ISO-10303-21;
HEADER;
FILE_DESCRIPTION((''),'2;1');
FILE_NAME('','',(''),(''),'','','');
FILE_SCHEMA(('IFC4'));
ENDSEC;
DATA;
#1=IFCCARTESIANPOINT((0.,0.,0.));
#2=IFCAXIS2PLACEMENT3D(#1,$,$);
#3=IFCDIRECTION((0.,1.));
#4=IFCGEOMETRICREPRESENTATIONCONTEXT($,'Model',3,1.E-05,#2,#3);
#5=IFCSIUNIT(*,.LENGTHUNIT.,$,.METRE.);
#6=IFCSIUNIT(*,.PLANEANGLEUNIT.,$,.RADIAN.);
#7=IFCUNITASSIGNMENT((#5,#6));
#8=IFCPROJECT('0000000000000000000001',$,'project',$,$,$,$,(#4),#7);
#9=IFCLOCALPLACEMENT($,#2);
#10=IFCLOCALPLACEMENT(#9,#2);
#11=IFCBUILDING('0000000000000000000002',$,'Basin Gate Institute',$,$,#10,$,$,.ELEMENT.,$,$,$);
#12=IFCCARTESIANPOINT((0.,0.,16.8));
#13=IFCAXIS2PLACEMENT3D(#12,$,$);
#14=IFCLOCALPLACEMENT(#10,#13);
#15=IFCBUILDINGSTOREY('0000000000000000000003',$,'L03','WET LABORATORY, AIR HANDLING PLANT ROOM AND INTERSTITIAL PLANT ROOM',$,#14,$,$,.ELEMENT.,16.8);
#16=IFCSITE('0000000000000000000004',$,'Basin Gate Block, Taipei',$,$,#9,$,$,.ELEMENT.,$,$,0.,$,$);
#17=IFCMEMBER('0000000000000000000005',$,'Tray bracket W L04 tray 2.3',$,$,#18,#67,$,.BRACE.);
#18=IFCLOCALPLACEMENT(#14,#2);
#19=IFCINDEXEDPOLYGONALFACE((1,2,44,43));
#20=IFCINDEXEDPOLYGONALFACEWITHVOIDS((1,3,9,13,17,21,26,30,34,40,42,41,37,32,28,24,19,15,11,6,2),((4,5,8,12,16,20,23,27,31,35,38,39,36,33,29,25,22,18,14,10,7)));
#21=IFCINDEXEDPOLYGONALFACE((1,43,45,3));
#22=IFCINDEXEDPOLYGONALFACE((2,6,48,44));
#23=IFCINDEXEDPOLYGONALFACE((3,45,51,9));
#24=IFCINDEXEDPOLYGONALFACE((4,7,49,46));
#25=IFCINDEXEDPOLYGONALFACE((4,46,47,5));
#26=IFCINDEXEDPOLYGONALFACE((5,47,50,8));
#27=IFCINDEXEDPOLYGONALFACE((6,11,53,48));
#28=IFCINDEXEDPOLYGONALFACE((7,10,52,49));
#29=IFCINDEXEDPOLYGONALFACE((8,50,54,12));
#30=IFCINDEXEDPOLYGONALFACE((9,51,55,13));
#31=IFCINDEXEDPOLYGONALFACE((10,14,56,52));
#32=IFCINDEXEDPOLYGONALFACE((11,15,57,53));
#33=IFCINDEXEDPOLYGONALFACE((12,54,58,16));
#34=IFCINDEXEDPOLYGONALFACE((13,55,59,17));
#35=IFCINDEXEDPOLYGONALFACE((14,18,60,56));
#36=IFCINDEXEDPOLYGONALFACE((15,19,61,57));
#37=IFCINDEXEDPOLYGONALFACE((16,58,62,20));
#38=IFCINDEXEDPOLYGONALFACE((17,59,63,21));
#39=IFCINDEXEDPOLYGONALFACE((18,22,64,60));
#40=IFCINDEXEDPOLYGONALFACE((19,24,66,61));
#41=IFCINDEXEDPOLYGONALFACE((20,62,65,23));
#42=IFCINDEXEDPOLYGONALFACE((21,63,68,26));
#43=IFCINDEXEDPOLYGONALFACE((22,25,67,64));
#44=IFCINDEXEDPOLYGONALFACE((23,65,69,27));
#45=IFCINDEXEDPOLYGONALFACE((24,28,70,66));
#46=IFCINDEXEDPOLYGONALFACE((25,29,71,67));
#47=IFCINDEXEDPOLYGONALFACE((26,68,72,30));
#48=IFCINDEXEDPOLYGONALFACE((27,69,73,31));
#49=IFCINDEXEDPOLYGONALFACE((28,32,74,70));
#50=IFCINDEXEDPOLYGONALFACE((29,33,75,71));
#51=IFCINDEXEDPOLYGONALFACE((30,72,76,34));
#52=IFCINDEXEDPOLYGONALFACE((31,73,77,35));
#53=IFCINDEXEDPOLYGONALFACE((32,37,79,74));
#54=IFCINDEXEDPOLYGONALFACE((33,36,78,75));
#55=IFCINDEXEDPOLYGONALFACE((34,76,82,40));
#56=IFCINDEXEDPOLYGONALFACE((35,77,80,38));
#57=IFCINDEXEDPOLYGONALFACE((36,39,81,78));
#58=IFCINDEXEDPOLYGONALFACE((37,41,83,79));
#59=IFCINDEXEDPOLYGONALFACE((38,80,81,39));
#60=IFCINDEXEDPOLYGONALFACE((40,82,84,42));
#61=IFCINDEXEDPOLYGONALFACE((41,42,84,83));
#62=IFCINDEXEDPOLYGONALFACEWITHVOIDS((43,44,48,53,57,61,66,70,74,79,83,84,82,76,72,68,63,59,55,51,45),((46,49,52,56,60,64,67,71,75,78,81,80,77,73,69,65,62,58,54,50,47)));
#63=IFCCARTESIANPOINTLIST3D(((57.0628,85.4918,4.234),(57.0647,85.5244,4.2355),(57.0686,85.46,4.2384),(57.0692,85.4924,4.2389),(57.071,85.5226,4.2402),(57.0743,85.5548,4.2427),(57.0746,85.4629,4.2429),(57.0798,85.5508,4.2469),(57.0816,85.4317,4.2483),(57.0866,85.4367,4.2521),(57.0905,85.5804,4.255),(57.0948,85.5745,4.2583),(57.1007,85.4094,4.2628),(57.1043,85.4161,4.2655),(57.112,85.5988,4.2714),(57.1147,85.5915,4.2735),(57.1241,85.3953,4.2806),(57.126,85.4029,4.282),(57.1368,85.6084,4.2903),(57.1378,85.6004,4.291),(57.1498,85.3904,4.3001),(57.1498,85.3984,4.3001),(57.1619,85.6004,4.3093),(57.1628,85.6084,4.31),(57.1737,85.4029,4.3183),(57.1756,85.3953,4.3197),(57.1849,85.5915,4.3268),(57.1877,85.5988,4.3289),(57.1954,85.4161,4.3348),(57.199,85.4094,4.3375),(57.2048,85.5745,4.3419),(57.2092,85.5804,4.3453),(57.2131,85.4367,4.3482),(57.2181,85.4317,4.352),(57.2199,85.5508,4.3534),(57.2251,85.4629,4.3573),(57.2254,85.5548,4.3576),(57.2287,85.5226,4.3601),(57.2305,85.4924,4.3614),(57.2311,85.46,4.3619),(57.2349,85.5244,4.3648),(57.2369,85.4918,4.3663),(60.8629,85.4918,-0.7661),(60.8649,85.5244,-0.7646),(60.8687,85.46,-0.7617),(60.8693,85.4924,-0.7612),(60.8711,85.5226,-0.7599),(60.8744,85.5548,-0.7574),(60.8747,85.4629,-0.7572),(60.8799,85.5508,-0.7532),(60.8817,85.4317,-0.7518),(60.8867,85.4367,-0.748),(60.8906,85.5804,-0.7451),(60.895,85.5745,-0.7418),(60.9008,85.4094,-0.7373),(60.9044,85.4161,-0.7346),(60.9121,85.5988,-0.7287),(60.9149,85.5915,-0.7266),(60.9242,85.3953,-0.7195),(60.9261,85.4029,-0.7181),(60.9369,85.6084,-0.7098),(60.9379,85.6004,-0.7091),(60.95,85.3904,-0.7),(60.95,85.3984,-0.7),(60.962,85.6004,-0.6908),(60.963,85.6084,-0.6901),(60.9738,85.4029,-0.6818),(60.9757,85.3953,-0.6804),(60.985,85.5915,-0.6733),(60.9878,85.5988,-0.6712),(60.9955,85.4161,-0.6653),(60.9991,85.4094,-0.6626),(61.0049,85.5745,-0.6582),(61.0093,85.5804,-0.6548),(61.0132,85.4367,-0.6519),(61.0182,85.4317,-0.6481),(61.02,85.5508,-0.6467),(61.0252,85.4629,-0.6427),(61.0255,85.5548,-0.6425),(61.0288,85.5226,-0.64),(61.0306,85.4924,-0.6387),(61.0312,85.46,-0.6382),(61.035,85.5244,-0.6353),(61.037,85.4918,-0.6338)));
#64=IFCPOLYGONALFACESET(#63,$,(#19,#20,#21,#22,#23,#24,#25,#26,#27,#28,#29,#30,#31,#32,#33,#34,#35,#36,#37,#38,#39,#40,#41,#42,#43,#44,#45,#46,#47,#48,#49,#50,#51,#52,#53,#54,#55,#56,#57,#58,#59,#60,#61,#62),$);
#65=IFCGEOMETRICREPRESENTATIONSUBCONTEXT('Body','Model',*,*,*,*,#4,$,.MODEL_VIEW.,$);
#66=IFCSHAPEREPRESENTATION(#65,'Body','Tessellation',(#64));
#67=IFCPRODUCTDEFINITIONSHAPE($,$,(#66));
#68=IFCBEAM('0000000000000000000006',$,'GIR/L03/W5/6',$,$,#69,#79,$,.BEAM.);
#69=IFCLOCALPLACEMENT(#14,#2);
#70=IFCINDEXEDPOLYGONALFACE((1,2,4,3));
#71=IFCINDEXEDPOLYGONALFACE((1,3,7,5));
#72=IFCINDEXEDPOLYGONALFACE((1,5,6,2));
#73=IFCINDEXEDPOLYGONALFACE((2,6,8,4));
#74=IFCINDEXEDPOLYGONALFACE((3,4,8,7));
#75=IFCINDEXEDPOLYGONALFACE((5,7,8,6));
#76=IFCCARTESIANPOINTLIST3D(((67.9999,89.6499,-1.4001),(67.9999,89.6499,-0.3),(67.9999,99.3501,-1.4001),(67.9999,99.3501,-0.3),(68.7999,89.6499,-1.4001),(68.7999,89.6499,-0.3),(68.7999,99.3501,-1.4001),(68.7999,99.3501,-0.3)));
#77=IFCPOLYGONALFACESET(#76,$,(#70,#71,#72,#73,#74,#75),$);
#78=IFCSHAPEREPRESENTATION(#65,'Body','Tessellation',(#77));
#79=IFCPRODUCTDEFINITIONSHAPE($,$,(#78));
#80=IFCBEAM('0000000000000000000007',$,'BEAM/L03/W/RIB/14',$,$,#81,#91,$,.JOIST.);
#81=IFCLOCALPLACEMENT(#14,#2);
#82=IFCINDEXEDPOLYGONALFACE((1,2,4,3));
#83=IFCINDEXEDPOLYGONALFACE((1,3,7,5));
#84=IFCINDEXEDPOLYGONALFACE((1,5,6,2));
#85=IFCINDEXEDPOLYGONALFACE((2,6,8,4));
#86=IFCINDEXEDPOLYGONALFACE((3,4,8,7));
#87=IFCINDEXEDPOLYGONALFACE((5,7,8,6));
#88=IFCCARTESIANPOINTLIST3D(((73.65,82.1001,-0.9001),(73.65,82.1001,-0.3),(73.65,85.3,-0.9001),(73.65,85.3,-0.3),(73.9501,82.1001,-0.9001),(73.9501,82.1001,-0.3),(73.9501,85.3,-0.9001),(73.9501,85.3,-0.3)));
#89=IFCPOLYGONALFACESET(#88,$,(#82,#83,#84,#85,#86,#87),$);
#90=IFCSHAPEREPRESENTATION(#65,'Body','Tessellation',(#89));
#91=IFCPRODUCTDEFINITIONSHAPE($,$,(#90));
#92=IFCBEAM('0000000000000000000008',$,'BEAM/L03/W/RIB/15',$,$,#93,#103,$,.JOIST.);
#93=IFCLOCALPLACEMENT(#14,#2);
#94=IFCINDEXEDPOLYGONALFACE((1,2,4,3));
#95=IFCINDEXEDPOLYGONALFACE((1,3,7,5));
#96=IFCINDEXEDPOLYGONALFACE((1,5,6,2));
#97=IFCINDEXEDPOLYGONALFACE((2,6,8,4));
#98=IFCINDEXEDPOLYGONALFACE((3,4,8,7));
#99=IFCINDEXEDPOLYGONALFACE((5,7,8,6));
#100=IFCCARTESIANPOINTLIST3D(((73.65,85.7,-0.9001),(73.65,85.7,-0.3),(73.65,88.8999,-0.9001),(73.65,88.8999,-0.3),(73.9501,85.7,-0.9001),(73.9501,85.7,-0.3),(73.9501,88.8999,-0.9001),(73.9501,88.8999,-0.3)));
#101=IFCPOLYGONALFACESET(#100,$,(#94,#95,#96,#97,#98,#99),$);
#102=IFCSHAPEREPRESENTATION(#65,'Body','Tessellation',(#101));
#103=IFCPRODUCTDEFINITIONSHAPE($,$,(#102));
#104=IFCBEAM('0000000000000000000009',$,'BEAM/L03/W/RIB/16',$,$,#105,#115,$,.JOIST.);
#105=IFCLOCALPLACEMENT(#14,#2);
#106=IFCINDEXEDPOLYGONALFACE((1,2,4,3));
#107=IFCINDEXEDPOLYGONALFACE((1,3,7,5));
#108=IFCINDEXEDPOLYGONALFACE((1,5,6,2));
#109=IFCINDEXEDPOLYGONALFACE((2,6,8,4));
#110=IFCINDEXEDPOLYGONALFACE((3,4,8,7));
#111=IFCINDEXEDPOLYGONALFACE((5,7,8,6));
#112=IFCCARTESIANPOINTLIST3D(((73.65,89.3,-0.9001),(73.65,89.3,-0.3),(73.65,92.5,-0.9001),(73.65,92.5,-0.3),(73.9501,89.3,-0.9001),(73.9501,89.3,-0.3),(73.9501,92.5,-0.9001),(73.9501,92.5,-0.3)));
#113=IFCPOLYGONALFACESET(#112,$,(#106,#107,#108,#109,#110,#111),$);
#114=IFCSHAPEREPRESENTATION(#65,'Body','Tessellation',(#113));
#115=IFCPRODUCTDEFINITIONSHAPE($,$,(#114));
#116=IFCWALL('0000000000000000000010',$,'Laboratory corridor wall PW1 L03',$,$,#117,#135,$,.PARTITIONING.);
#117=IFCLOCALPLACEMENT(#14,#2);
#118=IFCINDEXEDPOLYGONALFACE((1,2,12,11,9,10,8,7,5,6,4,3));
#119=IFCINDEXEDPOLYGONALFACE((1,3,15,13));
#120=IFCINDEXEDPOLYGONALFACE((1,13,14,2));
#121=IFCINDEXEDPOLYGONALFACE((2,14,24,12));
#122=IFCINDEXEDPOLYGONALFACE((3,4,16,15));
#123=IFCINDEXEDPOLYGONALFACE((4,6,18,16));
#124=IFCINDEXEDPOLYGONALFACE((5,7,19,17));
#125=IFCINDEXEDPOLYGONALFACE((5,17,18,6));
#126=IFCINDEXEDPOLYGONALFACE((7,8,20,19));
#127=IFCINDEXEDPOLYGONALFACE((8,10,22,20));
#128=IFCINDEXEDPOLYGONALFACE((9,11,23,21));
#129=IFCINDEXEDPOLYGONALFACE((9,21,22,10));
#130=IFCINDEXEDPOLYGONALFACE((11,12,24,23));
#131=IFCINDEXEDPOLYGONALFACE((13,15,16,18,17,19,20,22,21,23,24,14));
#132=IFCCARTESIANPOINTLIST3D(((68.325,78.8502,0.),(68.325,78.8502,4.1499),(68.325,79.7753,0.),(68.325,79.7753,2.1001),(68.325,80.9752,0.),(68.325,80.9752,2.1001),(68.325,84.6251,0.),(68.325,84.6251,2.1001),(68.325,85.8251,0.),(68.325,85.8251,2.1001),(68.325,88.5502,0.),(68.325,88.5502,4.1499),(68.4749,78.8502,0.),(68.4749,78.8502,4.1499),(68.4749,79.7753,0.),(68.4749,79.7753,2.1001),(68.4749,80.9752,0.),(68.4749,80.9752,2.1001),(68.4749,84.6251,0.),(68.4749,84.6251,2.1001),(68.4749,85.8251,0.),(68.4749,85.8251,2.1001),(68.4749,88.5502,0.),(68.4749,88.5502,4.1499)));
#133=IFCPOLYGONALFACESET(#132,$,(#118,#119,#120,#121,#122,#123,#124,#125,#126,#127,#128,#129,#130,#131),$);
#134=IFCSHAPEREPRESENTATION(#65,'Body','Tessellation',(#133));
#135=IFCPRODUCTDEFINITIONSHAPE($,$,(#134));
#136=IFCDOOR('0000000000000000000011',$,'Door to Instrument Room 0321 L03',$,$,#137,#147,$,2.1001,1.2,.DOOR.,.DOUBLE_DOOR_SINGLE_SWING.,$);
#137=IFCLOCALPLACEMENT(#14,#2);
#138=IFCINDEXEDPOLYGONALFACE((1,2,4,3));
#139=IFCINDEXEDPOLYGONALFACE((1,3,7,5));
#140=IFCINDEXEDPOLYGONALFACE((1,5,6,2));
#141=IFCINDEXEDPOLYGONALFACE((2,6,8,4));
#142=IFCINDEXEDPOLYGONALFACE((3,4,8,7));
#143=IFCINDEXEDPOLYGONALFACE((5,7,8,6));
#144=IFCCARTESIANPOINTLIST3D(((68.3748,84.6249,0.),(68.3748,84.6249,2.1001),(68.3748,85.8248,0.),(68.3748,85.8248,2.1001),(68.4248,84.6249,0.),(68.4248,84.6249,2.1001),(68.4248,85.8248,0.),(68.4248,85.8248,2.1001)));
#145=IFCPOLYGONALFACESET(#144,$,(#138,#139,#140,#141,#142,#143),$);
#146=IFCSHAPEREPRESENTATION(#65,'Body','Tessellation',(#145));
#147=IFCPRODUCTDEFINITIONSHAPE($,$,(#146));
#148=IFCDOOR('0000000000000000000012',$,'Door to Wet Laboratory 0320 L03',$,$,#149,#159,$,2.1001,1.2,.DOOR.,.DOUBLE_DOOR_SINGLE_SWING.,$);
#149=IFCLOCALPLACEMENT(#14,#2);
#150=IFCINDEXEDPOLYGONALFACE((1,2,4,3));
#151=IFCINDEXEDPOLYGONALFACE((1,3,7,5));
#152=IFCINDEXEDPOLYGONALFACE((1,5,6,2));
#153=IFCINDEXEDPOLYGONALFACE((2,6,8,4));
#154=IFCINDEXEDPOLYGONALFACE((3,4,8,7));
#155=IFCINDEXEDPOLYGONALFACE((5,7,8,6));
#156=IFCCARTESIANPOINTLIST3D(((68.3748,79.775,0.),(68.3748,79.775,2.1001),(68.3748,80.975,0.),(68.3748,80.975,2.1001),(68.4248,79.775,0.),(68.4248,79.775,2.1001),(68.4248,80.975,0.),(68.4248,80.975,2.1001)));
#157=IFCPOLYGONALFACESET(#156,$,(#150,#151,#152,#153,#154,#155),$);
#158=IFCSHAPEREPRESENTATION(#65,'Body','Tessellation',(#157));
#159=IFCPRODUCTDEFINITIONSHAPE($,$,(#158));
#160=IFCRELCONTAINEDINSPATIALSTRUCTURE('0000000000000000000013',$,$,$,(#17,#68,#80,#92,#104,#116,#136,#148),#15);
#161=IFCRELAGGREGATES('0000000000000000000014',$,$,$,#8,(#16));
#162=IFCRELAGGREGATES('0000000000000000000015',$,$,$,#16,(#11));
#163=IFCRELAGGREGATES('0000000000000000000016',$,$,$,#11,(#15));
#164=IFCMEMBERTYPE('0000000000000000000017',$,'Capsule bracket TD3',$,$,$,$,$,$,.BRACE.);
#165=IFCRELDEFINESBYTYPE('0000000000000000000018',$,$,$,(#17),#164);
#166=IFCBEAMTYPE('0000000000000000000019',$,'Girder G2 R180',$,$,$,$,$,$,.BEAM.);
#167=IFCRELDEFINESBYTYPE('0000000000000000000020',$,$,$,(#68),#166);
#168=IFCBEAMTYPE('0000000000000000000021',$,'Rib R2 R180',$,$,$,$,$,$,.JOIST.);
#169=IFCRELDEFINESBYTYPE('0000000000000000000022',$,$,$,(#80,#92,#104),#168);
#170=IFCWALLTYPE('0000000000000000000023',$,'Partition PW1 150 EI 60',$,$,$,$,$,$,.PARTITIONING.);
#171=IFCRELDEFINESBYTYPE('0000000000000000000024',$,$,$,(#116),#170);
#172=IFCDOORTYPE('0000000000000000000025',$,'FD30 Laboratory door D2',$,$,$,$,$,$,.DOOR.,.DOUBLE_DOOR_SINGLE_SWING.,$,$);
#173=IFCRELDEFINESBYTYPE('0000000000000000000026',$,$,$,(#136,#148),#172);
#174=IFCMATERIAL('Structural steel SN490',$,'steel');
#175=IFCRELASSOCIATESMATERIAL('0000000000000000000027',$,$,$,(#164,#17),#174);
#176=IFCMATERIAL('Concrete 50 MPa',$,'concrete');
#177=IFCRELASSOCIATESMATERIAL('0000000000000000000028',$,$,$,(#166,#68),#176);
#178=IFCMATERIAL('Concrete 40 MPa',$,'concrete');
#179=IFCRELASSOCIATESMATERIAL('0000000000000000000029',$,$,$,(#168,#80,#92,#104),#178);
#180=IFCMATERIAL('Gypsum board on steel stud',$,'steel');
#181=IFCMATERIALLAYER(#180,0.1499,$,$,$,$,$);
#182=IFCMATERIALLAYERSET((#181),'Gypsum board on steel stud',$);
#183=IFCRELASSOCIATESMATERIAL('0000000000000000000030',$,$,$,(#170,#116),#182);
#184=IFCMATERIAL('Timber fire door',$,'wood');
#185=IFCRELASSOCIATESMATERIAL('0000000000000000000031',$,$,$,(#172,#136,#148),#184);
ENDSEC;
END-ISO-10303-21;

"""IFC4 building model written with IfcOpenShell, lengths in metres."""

from ifc_helpers import new_model, si_unit, direction, frame, frame_2d, origin, origin_2d, place, context, subcontext, project, spatial, rectangle, hollow_circle, extrude, material, layer, layer_set, material_profile, profile_set, type_object, element, fill, save


model = new_model("IFC4")

# Units and contexts
model_context = context("Model", 3, precision=1e-05, world=origin(), true_north=direction((0.0, 1.0)))
body_context = subcontext(model_context, "Body", "Model", "MODEL_VIEW")
ifc_project = project(units=[si_unit("LENGTHUNIT", "METRE"), si_unit("PLANEANGLEUNIT", "RADIAN")], contexts=[model_context])

# Site, building, storey
site_placement = place(None, origin())
site = spatial("IfcSite", under=ifc_project, at=site_placement, Name="Basin Gate Block, Taipei", CompositionType="ELEMENT", RefElevation=0.0)
building_placement = place(site_placement, origin())
building = spatial("IfcBuilding", under=site, at=building_placement, Name="Basin Gate Institute", CompositionType="ELEMENT")
storey_placement = place(building_placement, frame((0.0, 0.0, 16.8)))
storey = spatial("IfcBuildingStorey", under=building, at=storey_placement, Name="L03", Description="WET LABORATORY, AIR HANDLING PLANT ROOM AND INTERSTITIAL PLANT ROOM", CompositionType="ELEMENT", Elevation=16.8)

# Member
ifc_material_1 = material(Name="Structural steel SN490", Category="steel")
ifc_material_profile_1 = material_profile(ifc_material_1, hollow_circle(Radius=0.1096, WallThickness=0.0081, at=origin_2d()), Name="CHS219x8")
ifc_profile_set_1 = profile_set([ifc_material_profile_1], Name="Structural steel SN490")
member_type = type_object("IfcMemberType", Name="Capsule bracket TD3", PredefinedType="BRACE", material=ifc_profile_set_1)
for number, where, z_axis, x_axis, name in (
    (1, (60.95, 85.5, -0.7), (-0.605088, 0.0, 0.796158), (0.0, -1.0, 0.0), "Tray bracket W L04 tray 2.3"),
):
    element("IfcMember", number, at=place(storey_placement, frame(where, z_axis=z_axis, x_axis=x_axis)), inside=storey, type_object=member_type, material=ifc_profile_set_1, Name=name, PredefinedType="BRACE", context=body_context, shape_type="SweptSolid", body=[
        extrude(hollow_circle(Radius=0.1096, WallThickness=0.0081, at=origin_2d()), origin(), (0.0, 0.0, 1.0), 6.2803),
    ])

# Beams
ifc_material_2 = material(Name="Concrete 50 MPa", Category="concrete")
ifc_material_profile_2 = material_profile(ifc_material_2, rectangle(XDim=0.8, YDim=1.1001, at=origin_2d()), Name="Girder G2 800 x 1100")
ifc_profile_set_2 = profile_set([ifc_material_profile_2], Name="Concrete 50 MPa")
beam_type_1 = type_object("IfcBeamType", Name="Girder G2 R180", PredefinedType="BEAM", material=ifc_profile_set_2)
beam_1_placement = place(storey_placement, frame((68.3999, 89.6499, -0.8501), z_axis=(0.0, 1.0, 0.0), x_axis=(-1.0, 0.0, 0.0)))
element("IfcBeam", 2, at=beam_1_placement, inside=storey, type_object=beam_type_1, material=ifc_profile_set_2, Name="GIR/L03/W5/6", PredefinedType="BEAM", context=body_context, shape_type="SweptSolid", body=[
    extrude(rectangle(XDim=0.8, YDim=1.1001, at=origin_2d()), origin(), (0.0, 0.0, 1.0), 9.7002),
])
ifc_material_3 = material(Name="Concrete 40 MPa", Category="concrete")
ifc_material_profile_3 = material_profile(ifc_material_3, rectangle(XDim=0.3, YDim=0.6001, at=origin_2d()), Name="Rib R2 300 x 600")
ifc_profile_set_3 = profile_set([ifc_material_profile_3], Name="Concrete 40 MPa")
beam_type_2 = type_object("IfcBeamType", Name="Rib R2 R180", PredefinedType="JOIST", material=ifc_profile_set_3)
for number, where, z_axis, x_axis, name in (
    (3, (73.8, 82.1001, -0.6001), (0.0, 1.0, 0.0), (-1.0, 0.0, 0.0), "BEAM/L03/W/RIB/14"),
    (4, (73.8, 85.7, -0.6001), (0.0, 1.0, 0.0), (-1.0, 0.0, 0.0), "BEAM/L03/W/RIB/15"),
    (5, (73.8, 89.3, -0.6001), (0.0, 1.0, 0.0), (-1.0, 0.0, 0.0), "BEAM/L03/W/RIB/16"),
):
    element("IfcBeam", number, at=place(storey_placement, frame(where, z_axis=z_axis, x_axis=x_axis)), inside=storey, type_object=beam_type_2, material=ifc_profile_set_3, Name=name, PredefinedType="JOIST", context=body_context, shape_type="SweptSolid", body=[
        extrude(rectangle(XDim=0.3, YDim=0.6001, at=origin_2d()), origin(), (0.0, 0.0, 1.0), 3.2),
    ])

# Wall, openings, doors
ifc_material_4 = material(Name="Gypsum board on steel stud", Category="steel")
ifc_layer_1 = layer(ifc_material_4, 0.1499)
ifc_layer_set_1 = layer_set([ifc_layer_1], Name="Gypsum board on steel stud")
wall_type_1 = type_object("IfcWallType", Name="Partition PW1 150 EI 60", PredefinedType="PARTITIONING", material=ifc_layer_set_1)
wall_1_placement = place(storey_placement, frame((68.3999, 78.8501, 0.0), z_axis=(0.0, 0.0, 1.0), x_axis=(0.0, 1.0, 0.0)))
wall_1 = element("IfcWall", 6, at=wall_1_placement, inside=storey, type_object=wall_type_1, material=ifc_layer_set_1, Name="Laboratory corridor wall PW1 L03", PredefinedType="PARTITIONING", context=body_context, shape_type="SweptSolid", body=[
    extrude(rectangle(XDim=9.7, YDim=0.1499, at=frame_2d((4.8501, 0.0))), origin(), (0.0, 0.0, 1.0), 4.1499),
])
opening_1_placement = place(wall_1_placement, frame((5.7749, 0.0, 0.0)))
opening_1 = element("IfcOpeningElement", 7, at=opening_1_placement, cuts=wall_1, PredefinedType="OPENING", context=body_context, shape_type="SweptSolid", body=[
    extrude(rectangle(XDim=1.2, YDim=2.1001, at=frame_2d((0.6001, 1.05))), frame((0.0, 0.085, 0.0), z_axis=(0.0, -1.0, 0.0), x_axis=(1.0, 0.0, 0.0)), (0.0, 0.0, 1.0), 0.1699),
])
opening_2_placement = place(wall_1_placement, frame((0.925, 0.0, 0.0)))
opening_2 = element("IfcOpeningElement", 8, at=opening_2_placement, cuts=wall_1, PredefinedType="OPENING", context=body_context, shape_type="SweptSolid", body=[
    extrude(rectangle(XDim=1.2, YDim=2.1001, at=frame_2d((0.6001, 1.05))), frame((0.0, 0.085, 0.0), z_axis=(0.0, -1.0, 0.0), x_axis=(1.0, 0.0, 0.0)), (0.0, 0.0, 1.0), 0.1699),
])
ifc_material_5 = material(Name="Timber fire door", Category="wood")
door_type_1 = type_object("IfcDoorType", Name="FD30 Laboratory door D2", OperationType="DOUBLE_DOOR_SINGLE_SWING", PredefinedType="DOOR", material=ifc_material_5)
door_1_placement = place(opening_1_placement, frame((1.2, 0.0, 0.0), z_axis=(0.0, 0.0, 1.0), x_axis=(-1.0, 0.0, 0.0)))
door_1 = element("IfcDoor", 9, at=door_1_placement, inside=storey, type_object=door_type_1, material=ifc_material_5, Name="Door to Instrument Room 0321 L03", OperationType="DOUBLE_DOOR_SINGLE_SWING", OverallHeight=2.1001, OverallWidth=1.2, PredefinedType="DOOR", context=body_context, shape_type="SweptSolid", body=[
    extrude(rectangle(XDim=1.2, YDim=2.1001, at=frame_2d((0.6001, 1.05))), frame((0.0, 0.0249, 0.0), z_axis=(0.0, -1.0, 0.0), x_axis=(1.0, 0.0, 0.0)), (0.0, 0.0, 1.0), 0.05),
])
fill(opening_1, door_1)
door_2_placement = place(opening_2_placement, frame((1.2, 0.0, 0.0), z_axis=(0.0, 0.0, 1.0), x_axis=(-1.0, 0.0, 0.0)))
door_2 = element("IfcDoor", 10, at=door_2_placement, inside=storey, type_object=door_type_1, material=ifc_material_5, Name="Door to Wet Laboratory 0320 L03", OperationType="DOUBLE_DOOR_SINGLE_SWING", OverallHeight=2.1001, OverallWidth=1.2, PredefinedType="DOOR", context=body_context, shape_type="SweptSolid", body=[
    extrude(rectangle(XDim=1.2, YDim=2.1001, at=frame_2d((0.6001, 1.05))), frame((0.0, 0.0249, 0.0), z_axis=(0.0, -1.0, 0.0), x_axis=(1.0, 0.0, 0.0)), (0.0, 0.0, 1.0), 0.05),
])
fill(opening_2, door_2)

save(model, "model.ifc")
